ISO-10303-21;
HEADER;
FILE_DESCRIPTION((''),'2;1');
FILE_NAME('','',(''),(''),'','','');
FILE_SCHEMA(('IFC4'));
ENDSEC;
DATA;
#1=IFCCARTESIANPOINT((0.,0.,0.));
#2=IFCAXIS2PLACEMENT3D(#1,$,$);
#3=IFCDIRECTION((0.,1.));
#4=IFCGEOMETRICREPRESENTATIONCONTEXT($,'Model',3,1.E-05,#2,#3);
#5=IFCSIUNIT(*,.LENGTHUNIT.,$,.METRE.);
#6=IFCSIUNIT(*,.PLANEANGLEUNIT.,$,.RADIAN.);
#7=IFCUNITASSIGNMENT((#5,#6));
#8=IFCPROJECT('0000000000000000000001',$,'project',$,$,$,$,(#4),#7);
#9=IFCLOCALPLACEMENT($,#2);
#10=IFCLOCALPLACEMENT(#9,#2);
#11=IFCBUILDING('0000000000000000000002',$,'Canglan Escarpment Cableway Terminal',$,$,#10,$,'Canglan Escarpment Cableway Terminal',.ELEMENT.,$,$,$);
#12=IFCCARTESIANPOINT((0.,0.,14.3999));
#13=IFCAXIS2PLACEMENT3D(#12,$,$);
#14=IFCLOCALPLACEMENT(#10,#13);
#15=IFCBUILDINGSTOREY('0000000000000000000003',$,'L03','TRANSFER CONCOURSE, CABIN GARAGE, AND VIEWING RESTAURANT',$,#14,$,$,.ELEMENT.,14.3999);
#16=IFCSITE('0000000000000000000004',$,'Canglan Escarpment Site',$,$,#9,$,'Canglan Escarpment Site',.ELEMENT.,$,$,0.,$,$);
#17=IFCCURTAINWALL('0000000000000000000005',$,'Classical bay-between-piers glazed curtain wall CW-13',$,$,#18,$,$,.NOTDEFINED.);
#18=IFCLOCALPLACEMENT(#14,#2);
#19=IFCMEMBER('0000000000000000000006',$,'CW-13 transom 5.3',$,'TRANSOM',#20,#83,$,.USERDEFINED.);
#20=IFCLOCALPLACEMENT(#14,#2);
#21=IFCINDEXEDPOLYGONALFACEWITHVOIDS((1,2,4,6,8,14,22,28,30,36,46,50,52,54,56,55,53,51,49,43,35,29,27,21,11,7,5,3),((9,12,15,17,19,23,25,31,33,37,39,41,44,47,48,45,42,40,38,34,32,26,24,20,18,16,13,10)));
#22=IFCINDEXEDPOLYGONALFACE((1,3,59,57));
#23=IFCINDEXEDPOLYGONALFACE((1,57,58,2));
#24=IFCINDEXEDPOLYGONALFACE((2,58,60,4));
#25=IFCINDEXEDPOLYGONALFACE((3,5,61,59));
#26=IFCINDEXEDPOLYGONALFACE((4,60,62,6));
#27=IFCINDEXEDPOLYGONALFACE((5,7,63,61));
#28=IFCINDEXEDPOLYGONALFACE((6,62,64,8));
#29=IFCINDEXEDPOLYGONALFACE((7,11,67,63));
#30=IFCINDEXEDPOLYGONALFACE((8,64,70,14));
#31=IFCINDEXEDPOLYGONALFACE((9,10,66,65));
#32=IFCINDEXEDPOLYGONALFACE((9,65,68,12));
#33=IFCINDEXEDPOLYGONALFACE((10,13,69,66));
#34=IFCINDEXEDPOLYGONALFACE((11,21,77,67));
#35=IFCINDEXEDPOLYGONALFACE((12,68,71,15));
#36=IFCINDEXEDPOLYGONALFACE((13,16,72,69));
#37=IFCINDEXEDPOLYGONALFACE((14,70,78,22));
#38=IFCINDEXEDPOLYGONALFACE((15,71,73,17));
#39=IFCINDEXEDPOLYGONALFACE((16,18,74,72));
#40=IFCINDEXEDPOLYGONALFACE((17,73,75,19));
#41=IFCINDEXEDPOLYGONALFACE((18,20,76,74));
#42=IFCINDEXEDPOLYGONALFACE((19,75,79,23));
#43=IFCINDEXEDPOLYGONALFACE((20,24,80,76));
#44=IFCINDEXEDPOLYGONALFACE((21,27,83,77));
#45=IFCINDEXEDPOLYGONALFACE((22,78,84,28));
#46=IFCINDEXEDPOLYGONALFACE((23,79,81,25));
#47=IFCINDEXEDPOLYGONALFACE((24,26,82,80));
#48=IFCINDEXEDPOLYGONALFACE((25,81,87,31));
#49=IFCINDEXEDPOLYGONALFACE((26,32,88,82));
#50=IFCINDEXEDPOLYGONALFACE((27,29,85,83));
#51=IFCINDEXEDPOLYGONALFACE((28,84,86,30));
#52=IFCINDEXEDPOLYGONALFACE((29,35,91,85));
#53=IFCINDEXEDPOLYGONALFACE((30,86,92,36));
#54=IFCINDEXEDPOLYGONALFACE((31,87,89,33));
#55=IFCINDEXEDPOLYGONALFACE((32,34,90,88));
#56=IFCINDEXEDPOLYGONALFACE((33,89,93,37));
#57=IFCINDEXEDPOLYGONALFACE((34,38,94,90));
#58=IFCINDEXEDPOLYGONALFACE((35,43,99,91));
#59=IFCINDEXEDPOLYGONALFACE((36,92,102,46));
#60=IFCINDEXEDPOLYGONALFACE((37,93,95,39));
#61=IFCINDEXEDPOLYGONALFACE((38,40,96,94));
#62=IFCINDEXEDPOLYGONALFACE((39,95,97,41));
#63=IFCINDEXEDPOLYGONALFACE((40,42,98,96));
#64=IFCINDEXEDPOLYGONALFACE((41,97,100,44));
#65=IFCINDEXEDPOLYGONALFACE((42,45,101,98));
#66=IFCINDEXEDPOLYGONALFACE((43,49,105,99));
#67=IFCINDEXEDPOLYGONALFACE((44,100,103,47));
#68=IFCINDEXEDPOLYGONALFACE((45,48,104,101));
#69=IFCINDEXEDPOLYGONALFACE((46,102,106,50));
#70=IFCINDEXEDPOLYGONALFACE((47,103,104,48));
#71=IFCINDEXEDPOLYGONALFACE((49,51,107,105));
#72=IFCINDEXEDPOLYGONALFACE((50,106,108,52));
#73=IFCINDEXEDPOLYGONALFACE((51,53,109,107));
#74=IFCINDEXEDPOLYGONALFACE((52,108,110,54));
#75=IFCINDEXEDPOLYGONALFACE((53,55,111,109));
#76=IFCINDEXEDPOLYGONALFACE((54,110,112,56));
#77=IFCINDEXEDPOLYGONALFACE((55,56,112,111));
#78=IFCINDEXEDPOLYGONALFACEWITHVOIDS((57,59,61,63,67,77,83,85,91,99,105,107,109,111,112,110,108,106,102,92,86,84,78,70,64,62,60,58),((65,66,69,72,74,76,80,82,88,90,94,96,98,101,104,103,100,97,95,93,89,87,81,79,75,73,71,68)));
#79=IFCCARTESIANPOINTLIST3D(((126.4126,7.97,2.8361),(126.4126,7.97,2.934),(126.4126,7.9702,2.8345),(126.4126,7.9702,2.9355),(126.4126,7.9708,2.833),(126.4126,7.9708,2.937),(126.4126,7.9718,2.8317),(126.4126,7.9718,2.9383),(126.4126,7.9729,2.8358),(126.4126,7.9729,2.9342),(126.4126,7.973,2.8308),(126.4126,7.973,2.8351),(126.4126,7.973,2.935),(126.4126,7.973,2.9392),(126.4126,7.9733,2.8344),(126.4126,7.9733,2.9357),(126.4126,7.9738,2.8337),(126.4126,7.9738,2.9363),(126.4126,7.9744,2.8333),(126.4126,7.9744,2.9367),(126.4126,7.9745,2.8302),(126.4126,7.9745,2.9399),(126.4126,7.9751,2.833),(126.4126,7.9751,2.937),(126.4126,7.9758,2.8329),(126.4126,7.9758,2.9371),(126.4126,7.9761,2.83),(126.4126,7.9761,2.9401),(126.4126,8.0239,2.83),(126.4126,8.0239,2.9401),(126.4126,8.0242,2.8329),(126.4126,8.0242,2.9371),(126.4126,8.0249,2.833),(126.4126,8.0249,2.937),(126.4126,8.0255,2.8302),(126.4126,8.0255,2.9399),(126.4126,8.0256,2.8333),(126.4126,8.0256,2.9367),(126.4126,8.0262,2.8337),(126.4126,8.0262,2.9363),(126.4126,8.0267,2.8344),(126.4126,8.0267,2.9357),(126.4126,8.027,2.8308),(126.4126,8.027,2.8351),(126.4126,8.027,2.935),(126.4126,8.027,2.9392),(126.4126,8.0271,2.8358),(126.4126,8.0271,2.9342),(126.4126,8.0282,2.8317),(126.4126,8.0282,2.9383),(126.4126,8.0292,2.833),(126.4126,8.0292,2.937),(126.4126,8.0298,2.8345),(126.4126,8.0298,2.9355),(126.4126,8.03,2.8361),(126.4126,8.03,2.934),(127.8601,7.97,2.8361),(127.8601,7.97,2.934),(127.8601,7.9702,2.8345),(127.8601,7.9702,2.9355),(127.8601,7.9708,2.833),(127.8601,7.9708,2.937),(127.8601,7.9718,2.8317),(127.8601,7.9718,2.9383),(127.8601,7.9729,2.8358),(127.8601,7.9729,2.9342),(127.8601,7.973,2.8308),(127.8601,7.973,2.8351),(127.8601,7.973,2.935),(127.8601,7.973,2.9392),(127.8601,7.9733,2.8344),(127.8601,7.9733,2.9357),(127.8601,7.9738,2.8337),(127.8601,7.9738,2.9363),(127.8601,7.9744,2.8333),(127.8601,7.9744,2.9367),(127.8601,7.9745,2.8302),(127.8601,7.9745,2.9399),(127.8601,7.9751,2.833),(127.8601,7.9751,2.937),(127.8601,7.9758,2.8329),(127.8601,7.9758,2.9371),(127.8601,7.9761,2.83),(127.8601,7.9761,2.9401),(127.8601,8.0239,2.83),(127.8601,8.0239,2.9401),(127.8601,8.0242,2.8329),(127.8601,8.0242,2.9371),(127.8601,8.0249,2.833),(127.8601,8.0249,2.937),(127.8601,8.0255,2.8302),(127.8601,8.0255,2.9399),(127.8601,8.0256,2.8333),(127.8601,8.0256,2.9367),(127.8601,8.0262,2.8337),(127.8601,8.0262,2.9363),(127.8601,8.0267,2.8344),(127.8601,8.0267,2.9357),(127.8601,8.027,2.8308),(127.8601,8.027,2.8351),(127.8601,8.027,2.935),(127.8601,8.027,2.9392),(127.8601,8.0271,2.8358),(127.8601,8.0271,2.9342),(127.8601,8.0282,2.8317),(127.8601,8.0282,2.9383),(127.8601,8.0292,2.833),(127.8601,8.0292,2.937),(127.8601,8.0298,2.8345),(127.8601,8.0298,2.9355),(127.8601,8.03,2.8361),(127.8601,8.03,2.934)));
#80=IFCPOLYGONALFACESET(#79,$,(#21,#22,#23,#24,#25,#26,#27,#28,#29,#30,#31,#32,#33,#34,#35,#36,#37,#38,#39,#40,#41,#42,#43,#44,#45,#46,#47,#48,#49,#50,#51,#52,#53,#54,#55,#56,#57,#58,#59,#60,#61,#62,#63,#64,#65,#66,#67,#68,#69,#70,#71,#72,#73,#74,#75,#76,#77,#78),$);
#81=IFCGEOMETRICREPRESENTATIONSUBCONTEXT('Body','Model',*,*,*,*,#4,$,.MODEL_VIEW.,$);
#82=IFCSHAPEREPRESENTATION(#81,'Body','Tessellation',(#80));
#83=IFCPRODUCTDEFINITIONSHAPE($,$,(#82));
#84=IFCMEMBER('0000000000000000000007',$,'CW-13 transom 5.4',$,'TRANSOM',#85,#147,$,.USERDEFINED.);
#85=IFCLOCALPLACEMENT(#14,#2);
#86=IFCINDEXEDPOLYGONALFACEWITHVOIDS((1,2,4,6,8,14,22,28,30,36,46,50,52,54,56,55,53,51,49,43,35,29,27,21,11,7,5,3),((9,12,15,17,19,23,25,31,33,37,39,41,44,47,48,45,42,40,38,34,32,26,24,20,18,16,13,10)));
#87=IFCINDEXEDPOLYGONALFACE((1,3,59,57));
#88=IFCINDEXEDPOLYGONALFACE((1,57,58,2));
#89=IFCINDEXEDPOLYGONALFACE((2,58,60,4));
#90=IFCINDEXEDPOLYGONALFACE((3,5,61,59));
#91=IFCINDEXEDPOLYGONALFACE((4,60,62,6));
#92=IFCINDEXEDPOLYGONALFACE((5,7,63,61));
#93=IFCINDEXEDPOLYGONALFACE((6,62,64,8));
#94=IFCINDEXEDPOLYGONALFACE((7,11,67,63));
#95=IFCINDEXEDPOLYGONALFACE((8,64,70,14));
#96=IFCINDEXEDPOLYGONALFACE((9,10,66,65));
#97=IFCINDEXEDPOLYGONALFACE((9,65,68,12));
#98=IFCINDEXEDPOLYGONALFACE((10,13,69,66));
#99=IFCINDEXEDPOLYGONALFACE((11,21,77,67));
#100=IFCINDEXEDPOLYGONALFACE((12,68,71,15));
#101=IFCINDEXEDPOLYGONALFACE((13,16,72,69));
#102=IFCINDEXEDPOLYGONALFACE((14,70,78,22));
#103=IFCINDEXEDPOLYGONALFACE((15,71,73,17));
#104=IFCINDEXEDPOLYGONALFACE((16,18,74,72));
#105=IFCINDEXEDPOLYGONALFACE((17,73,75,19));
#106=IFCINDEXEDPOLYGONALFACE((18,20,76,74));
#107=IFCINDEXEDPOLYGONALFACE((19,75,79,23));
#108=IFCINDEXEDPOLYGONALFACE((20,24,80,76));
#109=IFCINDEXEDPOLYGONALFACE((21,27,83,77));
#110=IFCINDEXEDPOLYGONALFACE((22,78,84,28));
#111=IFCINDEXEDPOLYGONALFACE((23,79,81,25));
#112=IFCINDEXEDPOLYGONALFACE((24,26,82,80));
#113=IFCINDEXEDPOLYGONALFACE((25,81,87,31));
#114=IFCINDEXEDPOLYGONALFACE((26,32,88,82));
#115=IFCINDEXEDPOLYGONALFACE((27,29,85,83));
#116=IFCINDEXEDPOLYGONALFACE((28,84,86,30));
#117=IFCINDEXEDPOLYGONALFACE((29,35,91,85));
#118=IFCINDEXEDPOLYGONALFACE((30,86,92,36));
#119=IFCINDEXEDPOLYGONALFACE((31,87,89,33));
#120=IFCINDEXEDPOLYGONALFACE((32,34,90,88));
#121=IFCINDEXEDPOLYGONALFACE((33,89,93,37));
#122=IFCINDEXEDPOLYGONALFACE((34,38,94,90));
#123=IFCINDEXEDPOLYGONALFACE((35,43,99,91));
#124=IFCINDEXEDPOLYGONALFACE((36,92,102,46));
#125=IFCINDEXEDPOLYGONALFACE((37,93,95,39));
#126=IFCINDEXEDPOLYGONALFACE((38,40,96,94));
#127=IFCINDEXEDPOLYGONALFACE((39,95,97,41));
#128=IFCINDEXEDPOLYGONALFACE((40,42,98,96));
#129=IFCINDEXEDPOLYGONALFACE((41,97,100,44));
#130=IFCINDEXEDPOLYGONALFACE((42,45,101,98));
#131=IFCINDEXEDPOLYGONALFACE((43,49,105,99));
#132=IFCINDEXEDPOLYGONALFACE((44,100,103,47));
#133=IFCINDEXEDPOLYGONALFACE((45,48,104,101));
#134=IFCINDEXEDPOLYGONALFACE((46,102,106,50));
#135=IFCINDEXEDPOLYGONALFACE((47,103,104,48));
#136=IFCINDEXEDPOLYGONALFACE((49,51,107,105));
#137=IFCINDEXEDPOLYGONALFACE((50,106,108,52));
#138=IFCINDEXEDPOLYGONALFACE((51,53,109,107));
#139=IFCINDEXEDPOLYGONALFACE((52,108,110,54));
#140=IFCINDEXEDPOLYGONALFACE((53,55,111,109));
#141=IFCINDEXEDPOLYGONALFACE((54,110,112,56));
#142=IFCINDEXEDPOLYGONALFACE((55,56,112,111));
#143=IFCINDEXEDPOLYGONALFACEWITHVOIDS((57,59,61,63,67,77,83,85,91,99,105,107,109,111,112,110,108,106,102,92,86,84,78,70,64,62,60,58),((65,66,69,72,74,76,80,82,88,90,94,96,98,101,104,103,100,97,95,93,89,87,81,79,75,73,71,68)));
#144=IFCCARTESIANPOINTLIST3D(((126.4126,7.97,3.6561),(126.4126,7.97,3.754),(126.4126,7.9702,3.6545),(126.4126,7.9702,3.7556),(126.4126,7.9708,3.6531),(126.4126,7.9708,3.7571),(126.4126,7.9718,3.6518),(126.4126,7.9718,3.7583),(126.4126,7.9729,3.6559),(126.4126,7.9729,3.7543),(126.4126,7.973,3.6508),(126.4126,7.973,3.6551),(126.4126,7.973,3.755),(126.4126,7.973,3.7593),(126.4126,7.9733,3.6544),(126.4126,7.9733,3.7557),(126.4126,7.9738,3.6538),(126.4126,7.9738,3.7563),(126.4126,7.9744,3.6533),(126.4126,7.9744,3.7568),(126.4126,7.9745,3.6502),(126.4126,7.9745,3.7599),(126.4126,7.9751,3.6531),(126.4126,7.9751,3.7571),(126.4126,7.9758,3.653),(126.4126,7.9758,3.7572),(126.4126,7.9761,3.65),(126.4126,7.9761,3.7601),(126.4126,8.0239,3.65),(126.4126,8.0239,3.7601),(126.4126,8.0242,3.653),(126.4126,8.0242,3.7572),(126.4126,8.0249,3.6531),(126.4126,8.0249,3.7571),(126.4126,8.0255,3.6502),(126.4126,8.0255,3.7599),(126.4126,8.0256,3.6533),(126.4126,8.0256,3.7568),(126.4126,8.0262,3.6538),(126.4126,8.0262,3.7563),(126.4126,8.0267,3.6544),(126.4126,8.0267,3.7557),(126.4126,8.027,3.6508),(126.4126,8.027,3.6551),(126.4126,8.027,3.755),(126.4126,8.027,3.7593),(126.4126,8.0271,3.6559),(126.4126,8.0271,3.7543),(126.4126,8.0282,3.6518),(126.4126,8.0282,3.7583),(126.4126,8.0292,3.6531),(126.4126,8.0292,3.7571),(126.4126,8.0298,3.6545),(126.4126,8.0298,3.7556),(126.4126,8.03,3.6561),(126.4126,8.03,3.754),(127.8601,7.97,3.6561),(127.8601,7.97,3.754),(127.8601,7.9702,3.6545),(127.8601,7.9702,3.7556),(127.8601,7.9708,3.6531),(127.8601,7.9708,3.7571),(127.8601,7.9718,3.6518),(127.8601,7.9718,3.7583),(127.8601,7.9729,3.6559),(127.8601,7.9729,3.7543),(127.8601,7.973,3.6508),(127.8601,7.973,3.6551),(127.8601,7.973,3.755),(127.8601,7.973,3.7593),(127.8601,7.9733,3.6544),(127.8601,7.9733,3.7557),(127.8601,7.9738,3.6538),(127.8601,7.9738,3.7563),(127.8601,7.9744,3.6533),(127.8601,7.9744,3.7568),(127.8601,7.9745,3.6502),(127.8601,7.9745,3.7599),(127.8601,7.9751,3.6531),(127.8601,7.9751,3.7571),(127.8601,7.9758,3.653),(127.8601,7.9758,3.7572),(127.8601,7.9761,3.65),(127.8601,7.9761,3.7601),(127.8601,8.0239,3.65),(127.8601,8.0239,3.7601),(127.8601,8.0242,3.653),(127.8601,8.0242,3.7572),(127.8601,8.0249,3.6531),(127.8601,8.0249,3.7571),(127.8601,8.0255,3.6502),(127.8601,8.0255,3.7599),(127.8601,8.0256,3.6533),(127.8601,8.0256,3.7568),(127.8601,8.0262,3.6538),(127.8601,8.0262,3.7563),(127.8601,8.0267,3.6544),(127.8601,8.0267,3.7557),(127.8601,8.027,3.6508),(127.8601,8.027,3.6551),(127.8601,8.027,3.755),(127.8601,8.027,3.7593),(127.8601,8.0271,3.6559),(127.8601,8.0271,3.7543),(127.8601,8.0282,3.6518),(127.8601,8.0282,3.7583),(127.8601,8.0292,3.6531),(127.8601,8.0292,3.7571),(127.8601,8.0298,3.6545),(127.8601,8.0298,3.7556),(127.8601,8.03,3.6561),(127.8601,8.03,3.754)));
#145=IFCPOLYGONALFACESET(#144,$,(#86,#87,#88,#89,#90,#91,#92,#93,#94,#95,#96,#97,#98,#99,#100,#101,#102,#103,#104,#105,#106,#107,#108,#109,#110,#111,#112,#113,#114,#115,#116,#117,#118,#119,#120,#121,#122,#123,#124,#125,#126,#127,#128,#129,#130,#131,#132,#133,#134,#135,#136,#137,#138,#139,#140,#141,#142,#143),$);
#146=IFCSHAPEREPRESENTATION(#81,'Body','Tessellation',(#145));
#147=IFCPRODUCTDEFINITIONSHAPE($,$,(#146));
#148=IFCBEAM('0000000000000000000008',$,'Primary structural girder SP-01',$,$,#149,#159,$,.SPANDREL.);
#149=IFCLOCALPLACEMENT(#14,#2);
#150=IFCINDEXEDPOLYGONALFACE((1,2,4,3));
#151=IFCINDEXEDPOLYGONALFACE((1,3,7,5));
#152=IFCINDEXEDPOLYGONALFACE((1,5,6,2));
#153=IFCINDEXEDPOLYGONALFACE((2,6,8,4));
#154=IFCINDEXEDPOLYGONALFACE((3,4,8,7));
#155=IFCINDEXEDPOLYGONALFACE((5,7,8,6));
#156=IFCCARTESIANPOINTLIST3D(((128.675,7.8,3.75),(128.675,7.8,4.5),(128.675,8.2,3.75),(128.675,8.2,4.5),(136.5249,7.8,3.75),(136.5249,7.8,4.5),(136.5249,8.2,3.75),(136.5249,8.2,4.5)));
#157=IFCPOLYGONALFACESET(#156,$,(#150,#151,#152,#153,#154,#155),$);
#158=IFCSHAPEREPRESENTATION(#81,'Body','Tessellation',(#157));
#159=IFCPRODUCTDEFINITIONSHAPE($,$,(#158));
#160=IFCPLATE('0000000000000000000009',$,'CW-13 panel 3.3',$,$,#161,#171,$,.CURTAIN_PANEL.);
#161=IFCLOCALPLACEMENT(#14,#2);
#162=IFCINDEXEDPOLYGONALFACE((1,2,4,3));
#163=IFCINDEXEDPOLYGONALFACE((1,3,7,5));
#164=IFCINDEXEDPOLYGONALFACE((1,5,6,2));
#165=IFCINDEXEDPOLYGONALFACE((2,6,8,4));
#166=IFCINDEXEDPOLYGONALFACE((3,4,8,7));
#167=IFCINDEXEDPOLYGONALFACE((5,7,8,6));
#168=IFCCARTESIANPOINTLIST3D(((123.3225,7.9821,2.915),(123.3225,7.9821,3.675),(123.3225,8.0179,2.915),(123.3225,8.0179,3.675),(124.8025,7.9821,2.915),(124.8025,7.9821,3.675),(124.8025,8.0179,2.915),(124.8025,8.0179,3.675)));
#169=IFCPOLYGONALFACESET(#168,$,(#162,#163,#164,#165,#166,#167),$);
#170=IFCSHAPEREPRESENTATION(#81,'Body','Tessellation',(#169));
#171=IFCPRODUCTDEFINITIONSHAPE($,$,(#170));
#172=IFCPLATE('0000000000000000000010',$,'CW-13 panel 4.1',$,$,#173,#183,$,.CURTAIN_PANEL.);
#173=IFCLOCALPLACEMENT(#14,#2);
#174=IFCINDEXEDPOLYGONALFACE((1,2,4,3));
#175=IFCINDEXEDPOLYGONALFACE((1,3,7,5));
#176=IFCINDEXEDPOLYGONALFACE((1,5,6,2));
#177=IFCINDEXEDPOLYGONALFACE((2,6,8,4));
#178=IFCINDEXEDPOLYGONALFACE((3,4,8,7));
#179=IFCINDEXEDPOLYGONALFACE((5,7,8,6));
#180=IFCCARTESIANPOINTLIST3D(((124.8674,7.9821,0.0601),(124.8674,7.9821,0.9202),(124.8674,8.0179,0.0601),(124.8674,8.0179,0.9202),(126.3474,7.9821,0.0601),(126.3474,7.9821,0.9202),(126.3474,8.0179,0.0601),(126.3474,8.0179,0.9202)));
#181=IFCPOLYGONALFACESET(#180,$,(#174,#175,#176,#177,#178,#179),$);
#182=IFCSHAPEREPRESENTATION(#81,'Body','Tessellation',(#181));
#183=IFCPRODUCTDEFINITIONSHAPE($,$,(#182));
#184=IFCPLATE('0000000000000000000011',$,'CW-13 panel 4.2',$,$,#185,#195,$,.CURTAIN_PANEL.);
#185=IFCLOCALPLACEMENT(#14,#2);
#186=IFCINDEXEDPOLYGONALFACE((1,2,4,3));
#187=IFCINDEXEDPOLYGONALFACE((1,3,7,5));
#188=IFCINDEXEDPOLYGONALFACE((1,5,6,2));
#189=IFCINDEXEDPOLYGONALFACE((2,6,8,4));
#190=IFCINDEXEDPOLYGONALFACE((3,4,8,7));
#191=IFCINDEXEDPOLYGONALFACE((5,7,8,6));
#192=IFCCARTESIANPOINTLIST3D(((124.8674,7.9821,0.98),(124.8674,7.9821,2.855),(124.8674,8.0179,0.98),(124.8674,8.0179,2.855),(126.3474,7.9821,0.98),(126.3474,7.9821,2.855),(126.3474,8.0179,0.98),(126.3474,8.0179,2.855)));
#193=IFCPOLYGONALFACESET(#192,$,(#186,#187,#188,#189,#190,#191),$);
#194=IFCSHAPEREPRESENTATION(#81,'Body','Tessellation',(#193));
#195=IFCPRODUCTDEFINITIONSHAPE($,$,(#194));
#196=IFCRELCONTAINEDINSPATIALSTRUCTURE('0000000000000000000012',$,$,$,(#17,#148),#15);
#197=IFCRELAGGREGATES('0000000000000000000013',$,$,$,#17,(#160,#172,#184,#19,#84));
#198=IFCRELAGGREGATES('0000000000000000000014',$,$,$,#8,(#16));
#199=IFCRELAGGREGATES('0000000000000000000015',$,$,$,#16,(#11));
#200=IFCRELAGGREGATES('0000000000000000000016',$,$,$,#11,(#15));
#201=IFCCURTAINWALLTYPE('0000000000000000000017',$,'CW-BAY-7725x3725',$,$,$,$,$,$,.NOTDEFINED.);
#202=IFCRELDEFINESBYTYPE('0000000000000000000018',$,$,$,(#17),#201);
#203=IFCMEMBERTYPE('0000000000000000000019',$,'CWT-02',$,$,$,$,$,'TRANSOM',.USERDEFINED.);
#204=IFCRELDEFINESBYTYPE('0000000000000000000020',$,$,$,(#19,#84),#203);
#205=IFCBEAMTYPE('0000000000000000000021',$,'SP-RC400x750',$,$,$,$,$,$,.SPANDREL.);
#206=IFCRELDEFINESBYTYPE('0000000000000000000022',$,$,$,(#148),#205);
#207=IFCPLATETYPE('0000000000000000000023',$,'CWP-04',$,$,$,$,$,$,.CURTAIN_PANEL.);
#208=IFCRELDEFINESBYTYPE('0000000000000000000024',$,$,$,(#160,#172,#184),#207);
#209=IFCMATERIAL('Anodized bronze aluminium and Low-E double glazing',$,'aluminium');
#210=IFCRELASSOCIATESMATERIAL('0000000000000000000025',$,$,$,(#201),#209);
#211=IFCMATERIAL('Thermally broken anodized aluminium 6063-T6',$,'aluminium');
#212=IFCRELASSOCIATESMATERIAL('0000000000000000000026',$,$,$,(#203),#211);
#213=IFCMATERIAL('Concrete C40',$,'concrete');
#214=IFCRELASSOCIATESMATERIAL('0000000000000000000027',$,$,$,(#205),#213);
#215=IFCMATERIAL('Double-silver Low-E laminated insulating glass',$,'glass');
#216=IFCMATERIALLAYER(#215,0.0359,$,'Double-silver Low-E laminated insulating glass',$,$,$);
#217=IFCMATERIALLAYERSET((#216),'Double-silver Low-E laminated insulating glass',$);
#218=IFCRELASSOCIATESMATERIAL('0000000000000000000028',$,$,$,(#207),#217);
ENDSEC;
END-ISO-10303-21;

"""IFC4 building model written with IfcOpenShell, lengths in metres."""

from ifc_helpers import new_model, si_unit, direction, frame, origin, origin_2d, place, context, subcontext, project, spatial, rectangle, hollow_rectangle, extrude, material, layer, layer_set, material_profile, profile_set, type_object, element, aggregate, save


model = new_model("IFC4")

# Units and contexts
model_context = context("Model", 3, precision=1e-05, world=origin(), true_north=direction((0.0, 1.0)))
body_context = subcontext(model_context, "Body", "Model", "MODEL_VIEW")
ifc_project = project(units=[si_unit("LENGTHUNIT", "METRE"), si_unit("PLANEANGLEUNIT", "RADIAN")], contexts=[model_context])

# Site, building, storey
site_placement = place(None, origin())
site = spatial("IfcSite", under=ifc_project, at=site_placement, Name="Canglan Escarpment Site", LongName="Canglan Escarpment Site", CompositionType="ELEMENT", RefElevation=0.0)
building_placement = place(site_placement, origin())
building = spatial("IfcBuilding", under=site, at=building_placement, Name="Canglan Escarpment Cableway Terminal", LongName="Canglan Escarpment Cableway Terminal", CompositionType="ELEMENT")
storey_placement = place(building_placement, frame((0.0, 0.0, 14.3999)))
storey = spatial("IfcBuildingStorey", under=building, at=storey_placement, Name="L03", Description="TRANSFER CONCOURSE, CABIN GARAGE, AND VIEWING RESTAURANT", CompositionType="ELEMENT", Elevation=14.3999)

# Shared definitions
ifc_material_1 = material(Name="Concrete C40", Category="concrete")

# Curtain wall, members
ifc_material_2 = material(Name="Anodized bronze aluminium and Low-E double glazing", Category="aluminium")
curtain_wall_type = type_object("IfcCurtainWallType", Name="CW-BAY-7725x3725", PredefinedType="NOTDEFINED", material=ifc_material_2)
curtain_wall_placement = place(storey_placement, origin())
curtain_wall = element("IfcCurtainWall", 1, at=curtain_wall_placement, inside=storey, type_object=curtain_wall_type, Name="Classical bay-between-piers glazed curtain wall CW-13", PredefinedType="NOTDEFINED")
ifc_material_3 = material(Name="Thermally broken anodized aluminium 6063-T6", Category="aluminium")
ifc_material_profile_1 = material_profile(ifc_material_3, hollow_rectangle(XDim=0.0601, YDim=0.1101, WallThickness=0.0029, InnerFilletRadius=0.0029, OuterFilletRadius=0.0061, at=origin_2d()), Name="ALU-TRAN 60x110x3")
ifc_profile_set_1 = profile_set([ifc_material_profile_1], Name="Thermally broken anodized aluminium 6063-T6")
member_type_1 = type_object("IfcMemberType", Name="CWT-02", ElementType="TRANSOM", PredefinedType="USERDEFINED", material=ifc_profile_set_1)
member_1_placement = place(storey_placement, frame((126.4126, 8.0, 2.885), z_axis=(1.0, 0.0, 0.0), x_axis=(0.0, 1.0, 0.0)))
member_1 = element("IfcMember", 2, at=member_1_placement, type_object=member_type_1, Name="CW-13 transom 5.3", ObjectType="TRANSOM", PredefinedType="USERDEFINED", context=body_context, shape_type="SweptSolid", body=[
    extrude(hollow_rectangle(XDim=0.0601, YDim=0.1101, WallThickness=0.0029, InnerFilletRadius=0.0029, OuterFilletRadius=0.0061, at=origin_2d()), origin(), (0.0, 0.0, 1.0), 1.4475),
])
member_2_placement = place(storey_placement, frame((126.4126, 8.0, 3.7051), z_axis=(1.0, 0.0, 0.0), x_axis=(0.0, 1.0, 0.0)))
member_2 = element("IfcMember", 3, at=member_2_placement, type_object=member_type_1, Name="CW-13 transom 5.4", ObjectType="TRANSOM", PredefinedType="USERDEFINED", context=body_context, shape_type="SweptSolid", body=[
    extrude(hollow_rectangle(XDim=0.0601, YDim=0.1101, WallThickness=0.0029, InnerFilletRadius=0.0029, OuterFilletRadius=0.0061, at=origin_2d()), origin(), (0.0, 0.0, 1.0), 1.4475),
])

# Beam
ifc_material_profile_2 = material_profile(ifc_material_1, rectangle(XDim=0.3999, YDim=0.75, at=origin_2d()), Name="RC 400x750")
ifc_profile_set_2 = profile_set([ifc_material_profile_2], Name="Concrete C40")
beam_type_1 = type_object("IfcBeamType", Name="SP-RC400x750", PredefinedType="SPANDREL", material=ifc_profile_set_2)
beam_1_placement = place(storey_placement, frame((128.675, 8.0, 4.125), z_axis=(1.0, 0.0, 0.0), x_axis=(0.0, 1.0, 0.0)))
element("IfcBeam", 4, at=beam_1_placement, inside=storey, type_object=beam_type_1, Name="Primary structural girder SP-01", PredefinedType="SPANDREL", context=body_context, shape_type="SweptSolid", body=[
    extrude(rectangle(XDim=0.3999, YDim=0.75, at=origin_2d()), origin(), (0.0, 0.0, 1.0), 7.8499),
])

# Plates
ifc_material_4 = material(Name="Double-silver Low-E laminated insulating glass", Category="glass")
ifc_layer_1 = layer(ifc_material_4, 0.0359, Name="Double-silver Low-E laminated insulating glass")
ifc_layer_set_1 = layer_set([ifc_layer_1], Name="Double-silver Low-E laminated insulating glass")
plate_type = type_object("IfcPlateType", Name="CWP-04", PredefinedType="CURTAIN_PANEL", material=ifc_layer_set_1)
plate_1_placement = place(storey_placement, frame((124.0625, 8.0, 2.915), z_axis=(0.0, 0.0, 1.0), x_axis=(1.0, 0.0, 0.0)))
plate_1 = element("IfcPlate", 5, at=plate_1_placement, type_object=plate_type, Name="CW-13 panel 3.3", PredefinedType="CURTAIN_PANEL", context=body_context, shape_type="SweptSolid", body=[
    extrude(rectangle(XDim=1.48, YDim=0.0359, at=origin_2d()), origin(), (0.0, 0.0, 1.0), 0.76),
])
plate_2_placement = place(storey_placement, frame((125.6074, 8.0, 0.0601), z_axis=(0.0, 0.0, 1.0), x_axis=(1.0, 0.0, 0.0)))
plate_2 = element("IfcPlate", 6, at=plate_2_placement, type_object=plate_type, Name="CW-13 panel 4.1", PredefinedType="CURTAIN_PANEL", context=body_context, shape_type="SweptSolid", body=[
    extrude(rectangle(XDim=1.48, YDim=0.0359, at=origin_2d()), origin(), (0.0, 0.0, 1.0), 0.8601),
])
plate_3_placement = place(storey_placement, frame((125.6074, 8.0, 0.98), z_axis=(0.0, 0.0, 1.0), x_axis=(1.0, 0.0, 0.0)))
plate_3 = element("IfcPlate", 7, at=plate_3_placement, type_object=plate_type, Name="CW-13 panel 4.2", PredefinedType="CURTAIN_PANEL", context=body_context, shape_type="SweptSolid", body=[
    extrude(rectangle(XDim=1.48, YDim=0.0359, at=origin_2d()), origin(), (0.0, 0.0, 1.0), 1.875),
])
aggregate(curtain_wall, [plate_1, plate_2, plate_3, member_1, member_2])

save(model, "model.ifc")
